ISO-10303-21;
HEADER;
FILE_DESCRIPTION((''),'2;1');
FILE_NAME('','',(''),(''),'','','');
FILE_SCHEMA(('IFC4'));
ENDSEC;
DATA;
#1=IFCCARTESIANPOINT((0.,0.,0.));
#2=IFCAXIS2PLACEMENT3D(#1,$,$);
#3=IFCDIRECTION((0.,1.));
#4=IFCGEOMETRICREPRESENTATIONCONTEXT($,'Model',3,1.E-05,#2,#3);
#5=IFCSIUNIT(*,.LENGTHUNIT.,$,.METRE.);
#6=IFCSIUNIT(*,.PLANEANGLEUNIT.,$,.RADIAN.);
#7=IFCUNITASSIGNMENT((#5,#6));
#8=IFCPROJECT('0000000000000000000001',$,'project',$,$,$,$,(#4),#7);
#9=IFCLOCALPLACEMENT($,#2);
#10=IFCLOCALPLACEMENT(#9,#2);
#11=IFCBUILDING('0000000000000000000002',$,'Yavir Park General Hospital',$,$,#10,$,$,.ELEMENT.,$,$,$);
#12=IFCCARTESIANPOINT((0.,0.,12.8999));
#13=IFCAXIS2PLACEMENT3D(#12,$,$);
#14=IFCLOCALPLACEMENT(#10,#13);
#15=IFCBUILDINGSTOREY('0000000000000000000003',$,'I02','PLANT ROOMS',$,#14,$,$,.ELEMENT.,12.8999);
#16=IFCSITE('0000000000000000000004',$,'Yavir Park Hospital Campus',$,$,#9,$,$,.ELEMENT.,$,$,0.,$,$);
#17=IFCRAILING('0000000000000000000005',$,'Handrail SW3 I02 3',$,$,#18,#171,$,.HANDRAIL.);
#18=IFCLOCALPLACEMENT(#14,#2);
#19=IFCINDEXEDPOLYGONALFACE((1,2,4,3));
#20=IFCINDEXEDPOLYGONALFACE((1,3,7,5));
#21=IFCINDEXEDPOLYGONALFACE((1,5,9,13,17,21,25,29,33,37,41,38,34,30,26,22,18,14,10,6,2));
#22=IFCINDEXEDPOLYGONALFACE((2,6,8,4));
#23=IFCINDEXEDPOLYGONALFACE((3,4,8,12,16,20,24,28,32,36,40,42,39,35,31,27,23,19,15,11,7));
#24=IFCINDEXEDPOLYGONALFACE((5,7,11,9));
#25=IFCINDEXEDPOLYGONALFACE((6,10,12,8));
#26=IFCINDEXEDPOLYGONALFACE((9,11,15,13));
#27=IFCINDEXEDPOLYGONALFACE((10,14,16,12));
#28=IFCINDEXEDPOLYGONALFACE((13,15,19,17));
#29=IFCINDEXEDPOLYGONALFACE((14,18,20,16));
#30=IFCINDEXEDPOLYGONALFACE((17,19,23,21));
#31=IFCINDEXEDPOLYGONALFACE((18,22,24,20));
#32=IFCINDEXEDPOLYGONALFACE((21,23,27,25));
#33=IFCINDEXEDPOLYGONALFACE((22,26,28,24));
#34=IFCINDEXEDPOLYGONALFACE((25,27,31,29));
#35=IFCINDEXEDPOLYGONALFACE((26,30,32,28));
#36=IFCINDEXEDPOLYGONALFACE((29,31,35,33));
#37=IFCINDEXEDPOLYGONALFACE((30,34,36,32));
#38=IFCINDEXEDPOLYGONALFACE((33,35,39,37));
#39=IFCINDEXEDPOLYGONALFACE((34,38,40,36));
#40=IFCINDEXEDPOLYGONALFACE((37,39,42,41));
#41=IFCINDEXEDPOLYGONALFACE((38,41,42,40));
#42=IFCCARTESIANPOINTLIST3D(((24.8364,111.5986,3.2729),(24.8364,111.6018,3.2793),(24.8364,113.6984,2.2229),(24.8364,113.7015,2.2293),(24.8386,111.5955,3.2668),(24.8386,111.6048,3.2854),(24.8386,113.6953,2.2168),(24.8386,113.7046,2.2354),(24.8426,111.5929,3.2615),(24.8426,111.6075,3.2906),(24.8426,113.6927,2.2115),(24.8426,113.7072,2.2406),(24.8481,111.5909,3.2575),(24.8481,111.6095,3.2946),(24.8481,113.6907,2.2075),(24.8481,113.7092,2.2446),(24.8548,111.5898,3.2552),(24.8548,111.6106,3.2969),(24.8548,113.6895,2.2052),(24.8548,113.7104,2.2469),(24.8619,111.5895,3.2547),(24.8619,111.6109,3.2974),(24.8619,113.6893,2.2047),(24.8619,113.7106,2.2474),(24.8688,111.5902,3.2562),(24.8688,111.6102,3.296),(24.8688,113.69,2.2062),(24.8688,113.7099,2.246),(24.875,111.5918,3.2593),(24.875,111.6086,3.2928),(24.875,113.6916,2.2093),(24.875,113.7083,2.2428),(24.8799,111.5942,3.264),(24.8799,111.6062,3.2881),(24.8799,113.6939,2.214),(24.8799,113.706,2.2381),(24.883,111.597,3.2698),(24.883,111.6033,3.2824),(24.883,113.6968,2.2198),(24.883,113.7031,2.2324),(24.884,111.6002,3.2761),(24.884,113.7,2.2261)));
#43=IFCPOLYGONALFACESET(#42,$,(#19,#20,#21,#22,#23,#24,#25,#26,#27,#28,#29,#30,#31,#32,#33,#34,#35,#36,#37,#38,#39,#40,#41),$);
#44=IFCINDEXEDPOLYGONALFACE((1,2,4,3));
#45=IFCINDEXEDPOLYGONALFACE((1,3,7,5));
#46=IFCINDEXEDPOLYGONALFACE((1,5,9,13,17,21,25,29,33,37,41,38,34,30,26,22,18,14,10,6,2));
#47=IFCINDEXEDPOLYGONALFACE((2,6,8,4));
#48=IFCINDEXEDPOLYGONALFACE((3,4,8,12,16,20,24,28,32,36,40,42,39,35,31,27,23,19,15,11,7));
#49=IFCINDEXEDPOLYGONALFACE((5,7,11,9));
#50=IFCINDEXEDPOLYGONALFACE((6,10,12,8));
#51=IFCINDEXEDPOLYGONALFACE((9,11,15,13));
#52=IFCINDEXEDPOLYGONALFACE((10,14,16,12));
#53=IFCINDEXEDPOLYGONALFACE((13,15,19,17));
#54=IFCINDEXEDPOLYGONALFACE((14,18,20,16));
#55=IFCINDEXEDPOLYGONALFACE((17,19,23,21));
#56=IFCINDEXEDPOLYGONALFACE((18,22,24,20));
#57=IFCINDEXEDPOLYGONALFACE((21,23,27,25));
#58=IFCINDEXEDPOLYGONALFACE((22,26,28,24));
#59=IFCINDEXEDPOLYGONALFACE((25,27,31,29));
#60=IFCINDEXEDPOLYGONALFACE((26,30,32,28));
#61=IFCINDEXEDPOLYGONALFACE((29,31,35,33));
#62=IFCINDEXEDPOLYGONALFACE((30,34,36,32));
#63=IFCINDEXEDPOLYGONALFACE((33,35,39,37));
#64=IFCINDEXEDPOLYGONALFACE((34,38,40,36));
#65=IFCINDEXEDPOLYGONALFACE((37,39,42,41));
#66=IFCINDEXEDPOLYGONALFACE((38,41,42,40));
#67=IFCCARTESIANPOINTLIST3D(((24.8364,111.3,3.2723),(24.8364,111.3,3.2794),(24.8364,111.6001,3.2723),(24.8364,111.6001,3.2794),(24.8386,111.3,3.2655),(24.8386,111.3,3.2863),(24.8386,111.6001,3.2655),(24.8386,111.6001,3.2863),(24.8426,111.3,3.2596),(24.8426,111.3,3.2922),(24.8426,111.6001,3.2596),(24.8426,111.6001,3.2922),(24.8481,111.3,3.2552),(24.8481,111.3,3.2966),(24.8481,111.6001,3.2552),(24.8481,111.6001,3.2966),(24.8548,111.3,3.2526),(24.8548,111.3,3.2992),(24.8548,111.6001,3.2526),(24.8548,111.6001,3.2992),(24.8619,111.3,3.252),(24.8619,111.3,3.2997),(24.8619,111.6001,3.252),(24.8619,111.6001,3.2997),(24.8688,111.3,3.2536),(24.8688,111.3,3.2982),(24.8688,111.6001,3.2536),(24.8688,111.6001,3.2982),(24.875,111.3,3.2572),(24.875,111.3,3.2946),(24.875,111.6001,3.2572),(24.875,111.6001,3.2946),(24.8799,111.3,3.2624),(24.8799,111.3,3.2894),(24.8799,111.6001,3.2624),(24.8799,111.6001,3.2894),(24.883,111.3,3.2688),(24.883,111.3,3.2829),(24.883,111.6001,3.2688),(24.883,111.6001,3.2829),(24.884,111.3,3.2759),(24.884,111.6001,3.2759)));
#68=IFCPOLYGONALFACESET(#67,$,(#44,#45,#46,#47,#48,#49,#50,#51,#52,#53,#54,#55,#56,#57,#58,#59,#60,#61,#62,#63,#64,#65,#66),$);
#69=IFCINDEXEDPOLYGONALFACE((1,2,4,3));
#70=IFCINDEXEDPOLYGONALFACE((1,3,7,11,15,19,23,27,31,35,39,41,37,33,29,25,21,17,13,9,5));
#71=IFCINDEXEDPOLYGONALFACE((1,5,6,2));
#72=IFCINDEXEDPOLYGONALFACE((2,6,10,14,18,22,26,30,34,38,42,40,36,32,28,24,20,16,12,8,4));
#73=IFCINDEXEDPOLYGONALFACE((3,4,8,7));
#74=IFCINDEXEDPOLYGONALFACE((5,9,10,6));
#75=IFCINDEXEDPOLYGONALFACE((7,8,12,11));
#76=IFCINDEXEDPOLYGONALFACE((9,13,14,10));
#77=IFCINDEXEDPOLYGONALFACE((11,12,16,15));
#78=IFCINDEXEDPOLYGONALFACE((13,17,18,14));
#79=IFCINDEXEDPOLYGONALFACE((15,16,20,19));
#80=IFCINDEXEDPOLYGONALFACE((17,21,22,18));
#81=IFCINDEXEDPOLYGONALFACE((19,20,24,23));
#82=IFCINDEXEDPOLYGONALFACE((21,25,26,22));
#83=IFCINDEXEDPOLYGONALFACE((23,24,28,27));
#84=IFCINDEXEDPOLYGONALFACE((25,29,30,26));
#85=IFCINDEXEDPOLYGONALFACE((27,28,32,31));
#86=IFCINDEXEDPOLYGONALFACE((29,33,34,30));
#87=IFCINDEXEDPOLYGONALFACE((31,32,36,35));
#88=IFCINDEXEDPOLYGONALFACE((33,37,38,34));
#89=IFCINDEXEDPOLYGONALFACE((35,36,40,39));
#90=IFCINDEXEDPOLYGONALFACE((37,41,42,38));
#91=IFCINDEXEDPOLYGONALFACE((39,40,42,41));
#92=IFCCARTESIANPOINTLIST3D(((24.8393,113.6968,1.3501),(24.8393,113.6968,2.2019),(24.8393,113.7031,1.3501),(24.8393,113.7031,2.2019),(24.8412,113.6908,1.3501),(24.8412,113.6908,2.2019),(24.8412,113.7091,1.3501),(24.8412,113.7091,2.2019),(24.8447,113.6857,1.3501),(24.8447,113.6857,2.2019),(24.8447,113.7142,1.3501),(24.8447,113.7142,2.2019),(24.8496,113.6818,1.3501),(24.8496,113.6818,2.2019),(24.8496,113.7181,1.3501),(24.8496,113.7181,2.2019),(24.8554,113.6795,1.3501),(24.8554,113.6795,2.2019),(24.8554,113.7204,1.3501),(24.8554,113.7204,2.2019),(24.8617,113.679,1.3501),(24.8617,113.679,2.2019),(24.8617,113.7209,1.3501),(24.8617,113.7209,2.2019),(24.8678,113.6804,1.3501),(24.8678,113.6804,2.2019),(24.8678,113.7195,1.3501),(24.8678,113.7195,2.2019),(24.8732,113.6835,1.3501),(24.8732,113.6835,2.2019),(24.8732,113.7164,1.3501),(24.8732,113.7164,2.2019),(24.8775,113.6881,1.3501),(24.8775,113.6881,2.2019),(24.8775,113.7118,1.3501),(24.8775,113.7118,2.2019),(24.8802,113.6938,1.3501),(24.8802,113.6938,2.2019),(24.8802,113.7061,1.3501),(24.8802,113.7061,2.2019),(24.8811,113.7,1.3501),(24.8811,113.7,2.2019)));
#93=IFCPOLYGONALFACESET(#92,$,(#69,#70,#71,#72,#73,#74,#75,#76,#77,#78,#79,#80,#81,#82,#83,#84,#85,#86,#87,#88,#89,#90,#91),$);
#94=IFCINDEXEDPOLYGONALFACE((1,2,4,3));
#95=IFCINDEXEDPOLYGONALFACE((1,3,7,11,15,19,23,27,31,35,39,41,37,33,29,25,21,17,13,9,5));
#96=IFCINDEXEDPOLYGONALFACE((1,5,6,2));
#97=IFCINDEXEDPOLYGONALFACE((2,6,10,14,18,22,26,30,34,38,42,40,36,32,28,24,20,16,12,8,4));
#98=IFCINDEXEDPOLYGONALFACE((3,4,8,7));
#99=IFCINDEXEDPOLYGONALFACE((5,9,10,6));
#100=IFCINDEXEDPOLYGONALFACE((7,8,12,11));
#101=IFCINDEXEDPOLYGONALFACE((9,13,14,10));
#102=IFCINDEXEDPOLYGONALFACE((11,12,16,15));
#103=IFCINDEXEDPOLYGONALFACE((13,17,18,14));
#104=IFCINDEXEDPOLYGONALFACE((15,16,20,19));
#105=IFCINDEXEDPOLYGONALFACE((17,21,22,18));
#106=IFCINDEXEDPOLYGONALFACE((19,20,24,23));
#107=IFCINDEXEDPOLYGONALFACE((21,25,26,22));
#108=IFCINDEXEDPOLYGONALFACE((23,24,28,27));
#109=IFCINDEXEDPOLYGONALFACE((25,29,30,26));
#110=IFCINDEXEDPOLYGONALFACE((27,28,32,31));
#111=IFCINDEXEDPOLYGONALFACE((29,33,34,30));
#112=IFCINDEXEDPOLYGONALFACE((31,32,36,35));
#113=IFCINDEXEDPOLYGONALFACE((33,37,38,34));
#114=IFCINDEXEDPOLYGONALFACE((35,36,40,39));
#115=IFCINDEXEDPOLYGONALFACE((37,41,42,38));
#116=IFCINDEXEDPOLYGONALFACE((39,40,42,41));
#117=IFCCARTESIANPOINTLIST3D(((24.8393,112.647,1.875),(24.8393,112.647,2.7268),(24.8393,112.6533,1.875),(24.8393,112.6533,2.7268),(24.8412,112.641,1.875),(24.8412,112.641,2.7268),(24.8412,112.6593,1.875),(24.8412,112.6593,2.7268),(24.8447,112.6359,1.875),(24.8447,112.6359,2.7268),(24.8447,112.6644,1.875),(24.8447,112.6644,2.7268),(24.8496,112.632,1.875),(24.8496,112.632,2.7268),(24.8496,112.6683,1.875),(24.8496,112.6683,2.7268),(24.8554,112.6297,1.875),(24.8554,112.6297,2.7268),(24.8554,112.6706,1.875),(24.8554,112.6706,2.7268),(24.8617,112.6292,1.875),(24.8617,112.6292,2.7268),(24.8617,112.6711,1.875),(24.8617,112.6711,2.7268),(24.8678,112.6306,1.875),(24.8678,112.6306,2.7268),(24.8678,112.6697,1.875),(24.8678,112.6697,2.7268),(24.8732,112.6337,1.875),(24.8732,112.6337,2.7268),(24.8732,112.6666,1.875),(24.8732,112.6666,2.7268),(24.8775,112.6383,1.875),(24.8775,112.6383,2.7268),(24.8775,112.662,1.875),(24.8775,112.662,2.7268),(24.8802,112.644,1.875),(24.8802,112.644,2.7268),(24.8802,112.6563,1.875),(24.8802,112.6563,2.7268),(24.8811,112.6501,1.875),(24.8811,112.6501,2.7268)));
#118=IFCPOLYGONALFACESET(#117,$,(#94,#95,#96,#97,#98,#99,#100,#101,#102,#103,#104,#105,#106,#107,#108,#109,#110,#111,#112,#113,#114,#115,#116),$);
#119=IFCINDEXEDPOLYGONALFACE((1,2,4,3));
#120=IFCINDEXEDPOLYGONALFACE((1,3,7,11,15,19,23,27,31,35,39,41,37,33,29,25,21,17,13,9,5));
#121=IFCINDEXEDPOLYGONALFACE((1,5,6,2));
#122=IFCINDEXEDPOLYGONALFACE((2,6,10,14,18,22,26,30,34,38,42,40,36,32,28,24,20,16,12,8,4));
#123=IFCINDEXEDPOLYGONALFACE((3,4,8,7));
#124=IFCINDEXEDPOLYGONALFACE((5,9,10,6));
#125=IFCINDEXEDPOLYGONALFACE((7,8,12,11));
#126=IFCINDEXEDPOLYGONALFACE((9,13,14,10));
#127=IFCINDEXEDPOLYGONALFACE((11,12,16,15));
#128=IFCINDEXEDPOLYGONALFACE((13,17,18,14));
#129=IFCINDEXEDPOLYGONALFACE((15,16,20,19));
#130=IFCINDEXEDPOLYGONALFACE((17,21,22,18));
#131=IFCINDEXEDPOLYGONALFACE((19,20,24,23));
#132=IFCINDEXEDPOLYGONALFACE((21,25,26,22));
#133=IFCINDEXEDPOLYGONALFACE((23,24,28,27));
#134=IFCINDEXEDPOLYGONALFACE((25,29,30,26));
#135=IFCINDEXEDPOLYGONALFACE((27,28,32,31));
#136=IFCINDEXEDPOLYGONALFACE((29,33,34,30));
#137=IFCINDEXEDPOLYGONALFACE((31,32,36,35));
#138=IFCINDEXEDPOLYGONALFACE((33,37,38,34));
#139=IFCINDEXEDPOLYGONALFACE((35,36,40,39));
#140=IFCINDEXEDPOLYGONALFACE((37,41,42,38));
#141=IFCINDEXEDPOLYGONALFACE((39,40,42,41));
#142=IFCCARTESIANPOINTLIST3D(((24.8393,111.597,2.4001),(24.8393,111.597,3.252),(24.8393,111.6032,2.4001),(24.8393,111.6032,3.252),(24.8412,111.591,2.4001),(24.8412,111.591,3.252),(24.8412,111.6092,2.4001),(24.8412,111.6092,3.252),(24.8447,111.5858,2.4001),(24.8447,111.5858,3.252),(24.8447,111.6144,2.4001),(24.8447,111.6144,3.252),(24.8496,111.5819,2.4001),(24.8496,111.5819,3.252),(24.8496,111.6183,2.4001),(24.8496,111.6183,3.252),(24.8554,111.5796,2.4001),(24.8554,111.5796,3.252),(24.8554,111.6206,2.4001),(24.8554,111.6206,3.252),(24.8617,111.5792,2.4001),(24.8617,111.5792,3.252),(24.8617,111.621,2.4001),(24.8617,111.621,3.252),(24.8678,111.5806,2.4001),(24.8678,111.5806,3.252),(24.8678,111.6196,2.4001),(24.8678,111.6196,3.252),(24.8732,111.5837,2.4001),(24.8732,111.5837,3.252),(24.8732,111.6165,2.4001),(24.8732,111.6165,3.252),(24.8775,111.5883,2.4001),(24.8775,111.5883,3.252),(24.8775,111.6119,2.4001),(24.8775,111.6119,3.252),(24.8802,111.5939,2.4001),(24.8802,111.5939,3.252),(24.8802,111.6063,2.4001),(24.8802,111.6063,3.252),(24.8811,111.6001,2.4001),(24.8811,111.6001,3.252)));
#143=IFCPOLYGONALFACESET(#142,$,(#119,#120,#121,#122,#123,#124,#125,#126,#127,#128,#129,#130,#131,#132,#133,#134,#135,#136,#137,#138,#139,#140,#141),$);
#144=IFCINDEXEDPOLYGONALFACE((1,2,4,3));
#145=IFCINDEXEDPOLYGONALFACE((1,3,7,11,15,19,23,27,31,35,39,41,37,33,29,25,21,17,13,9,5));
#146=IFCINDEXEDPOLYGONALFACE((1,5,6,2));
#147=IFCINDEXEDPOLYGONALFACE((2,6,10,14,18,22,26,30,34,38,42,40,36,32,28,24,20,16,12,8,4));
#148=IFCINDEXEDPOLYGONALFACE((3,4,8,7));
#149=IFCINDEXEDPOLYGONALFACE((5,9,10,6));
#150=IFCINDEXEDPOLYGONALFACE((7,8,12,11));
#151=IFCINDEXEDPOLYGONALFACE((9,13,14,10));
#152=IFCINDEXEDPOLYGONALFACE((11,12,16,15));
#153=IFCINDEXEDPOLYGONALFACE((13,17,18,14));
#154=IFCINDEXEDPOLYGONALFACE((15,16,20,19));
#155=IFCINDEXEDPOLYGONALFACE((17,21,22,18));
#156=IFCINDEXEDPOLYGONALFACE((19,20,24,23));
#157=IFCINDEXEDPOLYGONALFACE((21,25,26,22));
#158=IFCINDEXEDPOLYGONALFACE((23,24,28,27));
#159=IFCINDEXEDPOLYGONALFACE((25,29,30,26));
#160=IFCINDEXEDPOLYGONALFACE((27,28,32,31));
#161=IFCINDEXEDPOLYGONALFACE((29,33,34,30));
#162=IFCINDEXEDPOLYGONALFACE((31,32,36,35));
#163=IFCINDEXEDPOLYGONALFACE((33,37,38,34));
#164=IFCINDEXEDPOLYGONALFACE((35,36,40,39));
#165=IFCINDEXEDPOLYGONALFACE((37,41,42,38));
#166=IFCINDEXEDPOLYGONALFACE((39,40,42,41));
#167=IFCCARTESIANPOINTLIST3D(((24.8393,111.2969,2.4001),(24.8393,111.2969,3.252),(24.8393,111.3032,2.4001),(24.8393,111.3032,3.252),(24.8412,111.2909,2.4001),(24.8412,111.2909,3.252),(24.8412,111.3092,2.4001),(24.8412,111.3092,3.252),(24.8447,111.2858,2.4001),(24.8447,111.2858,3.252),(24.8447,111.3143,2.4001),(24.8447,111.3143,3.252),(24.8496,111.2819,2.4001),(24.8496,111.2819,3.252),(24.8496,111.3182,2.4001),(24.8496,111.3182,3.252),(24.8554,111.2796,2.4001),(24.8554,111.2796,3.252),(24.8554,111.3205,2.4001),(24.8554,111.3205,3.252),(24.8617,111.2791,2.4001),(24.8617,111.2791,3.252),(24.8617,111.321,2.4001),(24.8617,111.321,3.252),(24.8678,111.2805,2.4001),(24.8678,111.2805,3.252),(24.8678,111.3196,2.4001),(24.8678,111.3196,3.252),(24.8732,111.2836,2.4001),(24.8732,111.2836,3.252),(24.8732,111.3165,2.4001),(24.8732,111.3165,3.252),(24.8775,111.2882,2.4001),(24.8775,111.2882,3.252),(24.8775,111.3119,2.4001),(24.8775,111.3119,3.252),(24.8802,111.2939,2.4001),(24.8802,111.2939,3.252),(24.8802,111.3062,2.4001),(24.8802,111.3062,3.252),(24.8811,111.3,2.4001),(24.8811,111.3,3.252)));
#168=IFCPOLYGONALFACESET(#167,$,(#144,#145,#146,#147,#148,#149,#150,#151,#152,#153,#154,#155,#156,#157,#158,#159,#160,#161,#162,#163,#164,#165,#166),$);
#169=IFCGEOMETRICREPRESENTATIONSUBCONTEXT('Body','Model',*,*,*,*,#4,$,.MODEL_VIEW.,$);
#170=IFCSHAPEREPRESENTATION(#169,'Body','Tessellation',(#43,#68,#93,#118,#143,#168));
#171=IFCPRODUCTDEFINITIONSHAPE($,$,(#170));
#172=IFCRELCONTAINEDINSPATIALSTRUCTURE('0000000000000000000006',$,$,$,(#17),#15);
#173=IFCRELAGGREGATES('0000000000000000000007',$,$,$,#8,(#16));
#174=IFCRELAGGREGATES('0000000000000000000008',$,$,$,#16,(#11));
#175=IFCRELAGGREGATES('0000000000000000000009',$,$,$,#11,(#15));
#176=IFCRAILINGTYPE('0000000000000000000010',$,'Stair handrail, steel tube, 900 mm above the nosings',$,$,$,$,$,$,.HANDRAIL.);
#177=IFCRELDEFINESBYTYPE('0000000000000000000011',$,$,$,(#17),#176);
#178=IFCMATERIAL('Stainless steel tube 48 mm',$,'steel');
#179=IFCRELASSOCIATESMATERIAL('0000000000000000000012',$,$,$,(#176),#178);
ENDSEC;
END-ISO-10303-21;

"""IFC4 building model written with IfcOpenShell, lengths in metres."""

from ifc_helpers import new_model, si_unit, direction, frame, origin, origin_2d, place, context, subcontext, project, spatial, circle, extrude, material, type_object, element, save


model = new_model("IFC4")

# Units and contexts
model_context = context("Model", 3, precision=1e-05, world=origin(), true_north=direction((0.0, 1.0)))
body_context = subcontext(model_context, "Body", "Model", "MODEL_VIEW")
ifc_project = project(units=[si_unit("LENGTHUNIT", "METRE"), si_unit("PLANEANGLEUNIT", "RADIAN")], contexts=[model_context])

# Site, building, storey
site_placement = place(None, origin())
site = spatial("IfcSite", under=ifc_project, at=site_placement, Name="Yavir Park Hospital Campus", CompositionType="ELEMENT", RefElevation=0.0)
building_placement = place(site_placement, origin())
building = spatial("IfcBuilding", under=site, at=building_placement, Name="Yavir Park General Hospital", CompositionType="ELEMENT")
storey_placement = place(building_placement, frame((0.0, 0.0, 12.8999)))
storey = spatial("IfcBuildingStorey", under=building, at=storey_placement, Name="I02", Description="PLANT ROOMS", CompositionType="ELEMENT", Elevation=12.8999)

# Railing
ifc_material_1 = material(Name="Stainless steel tube 48 mm", Category="steel")
railing_type_1 = type_object("IfcRailingType", Name="Stair handrail, steel tube, 900 mm above the nosings", PredefinedType="HANDRAIL", material=ifc_material_1)
for number, where, name in (
    (1, (24.8601, 113.7, 1.3501), "Handrail SW3 I02 3"),
):
    element("IfcRailing", number, at=place(storey_placement, frame(where)), inside=storey, type_object=railing_type_1, Name=name, PredefinedType="HANDRAIL", context=body_context, shape_type="SweptSolid", body=[
        extrude(circle(Radius=0.0239, at=origin_2d()), frame((0.0, 0.0, 0.876), z_axis=(0.0, -0.894406, 0.447255), x_axis=(1.0, 0.0, 0.0)), (0.0, 0.0, 1.0), 2.3477),
        extrude(circle(Radius=0.0239, at=origin_2d()), frame((0.0, -2.0999, 1.9258), z_axis=(0.0, -1.0, 0.0), x_axis=(1.0, 0.0, 0.0)), (0.0, 0.0, 1.0), 0.3),
        extrude(circle(Radius=0.021, at=origin_2d()), origin(), (0.0, 0.0, 1.0), 0.8518),
        extrude(circle(Radius=0.021, at=origin_2d()), frame((0.0, -1.0498, 0.5249)), (0.0, 0.0, 1.0), 0.8518),
        extrude(circle(Radius=0.021, at=origin_2d()), frame((0.0, -2.0999, 1.05)), (0.0, 0.0, 1.0), 0.8518),
        extrude(circle(Radius=0.021, at=origin_2d()), frame((0.0, -2.3999, 1.05)), (0.0, 0.0, 1.0), 0.8518),
    ])

save(model, "model.ifc")
